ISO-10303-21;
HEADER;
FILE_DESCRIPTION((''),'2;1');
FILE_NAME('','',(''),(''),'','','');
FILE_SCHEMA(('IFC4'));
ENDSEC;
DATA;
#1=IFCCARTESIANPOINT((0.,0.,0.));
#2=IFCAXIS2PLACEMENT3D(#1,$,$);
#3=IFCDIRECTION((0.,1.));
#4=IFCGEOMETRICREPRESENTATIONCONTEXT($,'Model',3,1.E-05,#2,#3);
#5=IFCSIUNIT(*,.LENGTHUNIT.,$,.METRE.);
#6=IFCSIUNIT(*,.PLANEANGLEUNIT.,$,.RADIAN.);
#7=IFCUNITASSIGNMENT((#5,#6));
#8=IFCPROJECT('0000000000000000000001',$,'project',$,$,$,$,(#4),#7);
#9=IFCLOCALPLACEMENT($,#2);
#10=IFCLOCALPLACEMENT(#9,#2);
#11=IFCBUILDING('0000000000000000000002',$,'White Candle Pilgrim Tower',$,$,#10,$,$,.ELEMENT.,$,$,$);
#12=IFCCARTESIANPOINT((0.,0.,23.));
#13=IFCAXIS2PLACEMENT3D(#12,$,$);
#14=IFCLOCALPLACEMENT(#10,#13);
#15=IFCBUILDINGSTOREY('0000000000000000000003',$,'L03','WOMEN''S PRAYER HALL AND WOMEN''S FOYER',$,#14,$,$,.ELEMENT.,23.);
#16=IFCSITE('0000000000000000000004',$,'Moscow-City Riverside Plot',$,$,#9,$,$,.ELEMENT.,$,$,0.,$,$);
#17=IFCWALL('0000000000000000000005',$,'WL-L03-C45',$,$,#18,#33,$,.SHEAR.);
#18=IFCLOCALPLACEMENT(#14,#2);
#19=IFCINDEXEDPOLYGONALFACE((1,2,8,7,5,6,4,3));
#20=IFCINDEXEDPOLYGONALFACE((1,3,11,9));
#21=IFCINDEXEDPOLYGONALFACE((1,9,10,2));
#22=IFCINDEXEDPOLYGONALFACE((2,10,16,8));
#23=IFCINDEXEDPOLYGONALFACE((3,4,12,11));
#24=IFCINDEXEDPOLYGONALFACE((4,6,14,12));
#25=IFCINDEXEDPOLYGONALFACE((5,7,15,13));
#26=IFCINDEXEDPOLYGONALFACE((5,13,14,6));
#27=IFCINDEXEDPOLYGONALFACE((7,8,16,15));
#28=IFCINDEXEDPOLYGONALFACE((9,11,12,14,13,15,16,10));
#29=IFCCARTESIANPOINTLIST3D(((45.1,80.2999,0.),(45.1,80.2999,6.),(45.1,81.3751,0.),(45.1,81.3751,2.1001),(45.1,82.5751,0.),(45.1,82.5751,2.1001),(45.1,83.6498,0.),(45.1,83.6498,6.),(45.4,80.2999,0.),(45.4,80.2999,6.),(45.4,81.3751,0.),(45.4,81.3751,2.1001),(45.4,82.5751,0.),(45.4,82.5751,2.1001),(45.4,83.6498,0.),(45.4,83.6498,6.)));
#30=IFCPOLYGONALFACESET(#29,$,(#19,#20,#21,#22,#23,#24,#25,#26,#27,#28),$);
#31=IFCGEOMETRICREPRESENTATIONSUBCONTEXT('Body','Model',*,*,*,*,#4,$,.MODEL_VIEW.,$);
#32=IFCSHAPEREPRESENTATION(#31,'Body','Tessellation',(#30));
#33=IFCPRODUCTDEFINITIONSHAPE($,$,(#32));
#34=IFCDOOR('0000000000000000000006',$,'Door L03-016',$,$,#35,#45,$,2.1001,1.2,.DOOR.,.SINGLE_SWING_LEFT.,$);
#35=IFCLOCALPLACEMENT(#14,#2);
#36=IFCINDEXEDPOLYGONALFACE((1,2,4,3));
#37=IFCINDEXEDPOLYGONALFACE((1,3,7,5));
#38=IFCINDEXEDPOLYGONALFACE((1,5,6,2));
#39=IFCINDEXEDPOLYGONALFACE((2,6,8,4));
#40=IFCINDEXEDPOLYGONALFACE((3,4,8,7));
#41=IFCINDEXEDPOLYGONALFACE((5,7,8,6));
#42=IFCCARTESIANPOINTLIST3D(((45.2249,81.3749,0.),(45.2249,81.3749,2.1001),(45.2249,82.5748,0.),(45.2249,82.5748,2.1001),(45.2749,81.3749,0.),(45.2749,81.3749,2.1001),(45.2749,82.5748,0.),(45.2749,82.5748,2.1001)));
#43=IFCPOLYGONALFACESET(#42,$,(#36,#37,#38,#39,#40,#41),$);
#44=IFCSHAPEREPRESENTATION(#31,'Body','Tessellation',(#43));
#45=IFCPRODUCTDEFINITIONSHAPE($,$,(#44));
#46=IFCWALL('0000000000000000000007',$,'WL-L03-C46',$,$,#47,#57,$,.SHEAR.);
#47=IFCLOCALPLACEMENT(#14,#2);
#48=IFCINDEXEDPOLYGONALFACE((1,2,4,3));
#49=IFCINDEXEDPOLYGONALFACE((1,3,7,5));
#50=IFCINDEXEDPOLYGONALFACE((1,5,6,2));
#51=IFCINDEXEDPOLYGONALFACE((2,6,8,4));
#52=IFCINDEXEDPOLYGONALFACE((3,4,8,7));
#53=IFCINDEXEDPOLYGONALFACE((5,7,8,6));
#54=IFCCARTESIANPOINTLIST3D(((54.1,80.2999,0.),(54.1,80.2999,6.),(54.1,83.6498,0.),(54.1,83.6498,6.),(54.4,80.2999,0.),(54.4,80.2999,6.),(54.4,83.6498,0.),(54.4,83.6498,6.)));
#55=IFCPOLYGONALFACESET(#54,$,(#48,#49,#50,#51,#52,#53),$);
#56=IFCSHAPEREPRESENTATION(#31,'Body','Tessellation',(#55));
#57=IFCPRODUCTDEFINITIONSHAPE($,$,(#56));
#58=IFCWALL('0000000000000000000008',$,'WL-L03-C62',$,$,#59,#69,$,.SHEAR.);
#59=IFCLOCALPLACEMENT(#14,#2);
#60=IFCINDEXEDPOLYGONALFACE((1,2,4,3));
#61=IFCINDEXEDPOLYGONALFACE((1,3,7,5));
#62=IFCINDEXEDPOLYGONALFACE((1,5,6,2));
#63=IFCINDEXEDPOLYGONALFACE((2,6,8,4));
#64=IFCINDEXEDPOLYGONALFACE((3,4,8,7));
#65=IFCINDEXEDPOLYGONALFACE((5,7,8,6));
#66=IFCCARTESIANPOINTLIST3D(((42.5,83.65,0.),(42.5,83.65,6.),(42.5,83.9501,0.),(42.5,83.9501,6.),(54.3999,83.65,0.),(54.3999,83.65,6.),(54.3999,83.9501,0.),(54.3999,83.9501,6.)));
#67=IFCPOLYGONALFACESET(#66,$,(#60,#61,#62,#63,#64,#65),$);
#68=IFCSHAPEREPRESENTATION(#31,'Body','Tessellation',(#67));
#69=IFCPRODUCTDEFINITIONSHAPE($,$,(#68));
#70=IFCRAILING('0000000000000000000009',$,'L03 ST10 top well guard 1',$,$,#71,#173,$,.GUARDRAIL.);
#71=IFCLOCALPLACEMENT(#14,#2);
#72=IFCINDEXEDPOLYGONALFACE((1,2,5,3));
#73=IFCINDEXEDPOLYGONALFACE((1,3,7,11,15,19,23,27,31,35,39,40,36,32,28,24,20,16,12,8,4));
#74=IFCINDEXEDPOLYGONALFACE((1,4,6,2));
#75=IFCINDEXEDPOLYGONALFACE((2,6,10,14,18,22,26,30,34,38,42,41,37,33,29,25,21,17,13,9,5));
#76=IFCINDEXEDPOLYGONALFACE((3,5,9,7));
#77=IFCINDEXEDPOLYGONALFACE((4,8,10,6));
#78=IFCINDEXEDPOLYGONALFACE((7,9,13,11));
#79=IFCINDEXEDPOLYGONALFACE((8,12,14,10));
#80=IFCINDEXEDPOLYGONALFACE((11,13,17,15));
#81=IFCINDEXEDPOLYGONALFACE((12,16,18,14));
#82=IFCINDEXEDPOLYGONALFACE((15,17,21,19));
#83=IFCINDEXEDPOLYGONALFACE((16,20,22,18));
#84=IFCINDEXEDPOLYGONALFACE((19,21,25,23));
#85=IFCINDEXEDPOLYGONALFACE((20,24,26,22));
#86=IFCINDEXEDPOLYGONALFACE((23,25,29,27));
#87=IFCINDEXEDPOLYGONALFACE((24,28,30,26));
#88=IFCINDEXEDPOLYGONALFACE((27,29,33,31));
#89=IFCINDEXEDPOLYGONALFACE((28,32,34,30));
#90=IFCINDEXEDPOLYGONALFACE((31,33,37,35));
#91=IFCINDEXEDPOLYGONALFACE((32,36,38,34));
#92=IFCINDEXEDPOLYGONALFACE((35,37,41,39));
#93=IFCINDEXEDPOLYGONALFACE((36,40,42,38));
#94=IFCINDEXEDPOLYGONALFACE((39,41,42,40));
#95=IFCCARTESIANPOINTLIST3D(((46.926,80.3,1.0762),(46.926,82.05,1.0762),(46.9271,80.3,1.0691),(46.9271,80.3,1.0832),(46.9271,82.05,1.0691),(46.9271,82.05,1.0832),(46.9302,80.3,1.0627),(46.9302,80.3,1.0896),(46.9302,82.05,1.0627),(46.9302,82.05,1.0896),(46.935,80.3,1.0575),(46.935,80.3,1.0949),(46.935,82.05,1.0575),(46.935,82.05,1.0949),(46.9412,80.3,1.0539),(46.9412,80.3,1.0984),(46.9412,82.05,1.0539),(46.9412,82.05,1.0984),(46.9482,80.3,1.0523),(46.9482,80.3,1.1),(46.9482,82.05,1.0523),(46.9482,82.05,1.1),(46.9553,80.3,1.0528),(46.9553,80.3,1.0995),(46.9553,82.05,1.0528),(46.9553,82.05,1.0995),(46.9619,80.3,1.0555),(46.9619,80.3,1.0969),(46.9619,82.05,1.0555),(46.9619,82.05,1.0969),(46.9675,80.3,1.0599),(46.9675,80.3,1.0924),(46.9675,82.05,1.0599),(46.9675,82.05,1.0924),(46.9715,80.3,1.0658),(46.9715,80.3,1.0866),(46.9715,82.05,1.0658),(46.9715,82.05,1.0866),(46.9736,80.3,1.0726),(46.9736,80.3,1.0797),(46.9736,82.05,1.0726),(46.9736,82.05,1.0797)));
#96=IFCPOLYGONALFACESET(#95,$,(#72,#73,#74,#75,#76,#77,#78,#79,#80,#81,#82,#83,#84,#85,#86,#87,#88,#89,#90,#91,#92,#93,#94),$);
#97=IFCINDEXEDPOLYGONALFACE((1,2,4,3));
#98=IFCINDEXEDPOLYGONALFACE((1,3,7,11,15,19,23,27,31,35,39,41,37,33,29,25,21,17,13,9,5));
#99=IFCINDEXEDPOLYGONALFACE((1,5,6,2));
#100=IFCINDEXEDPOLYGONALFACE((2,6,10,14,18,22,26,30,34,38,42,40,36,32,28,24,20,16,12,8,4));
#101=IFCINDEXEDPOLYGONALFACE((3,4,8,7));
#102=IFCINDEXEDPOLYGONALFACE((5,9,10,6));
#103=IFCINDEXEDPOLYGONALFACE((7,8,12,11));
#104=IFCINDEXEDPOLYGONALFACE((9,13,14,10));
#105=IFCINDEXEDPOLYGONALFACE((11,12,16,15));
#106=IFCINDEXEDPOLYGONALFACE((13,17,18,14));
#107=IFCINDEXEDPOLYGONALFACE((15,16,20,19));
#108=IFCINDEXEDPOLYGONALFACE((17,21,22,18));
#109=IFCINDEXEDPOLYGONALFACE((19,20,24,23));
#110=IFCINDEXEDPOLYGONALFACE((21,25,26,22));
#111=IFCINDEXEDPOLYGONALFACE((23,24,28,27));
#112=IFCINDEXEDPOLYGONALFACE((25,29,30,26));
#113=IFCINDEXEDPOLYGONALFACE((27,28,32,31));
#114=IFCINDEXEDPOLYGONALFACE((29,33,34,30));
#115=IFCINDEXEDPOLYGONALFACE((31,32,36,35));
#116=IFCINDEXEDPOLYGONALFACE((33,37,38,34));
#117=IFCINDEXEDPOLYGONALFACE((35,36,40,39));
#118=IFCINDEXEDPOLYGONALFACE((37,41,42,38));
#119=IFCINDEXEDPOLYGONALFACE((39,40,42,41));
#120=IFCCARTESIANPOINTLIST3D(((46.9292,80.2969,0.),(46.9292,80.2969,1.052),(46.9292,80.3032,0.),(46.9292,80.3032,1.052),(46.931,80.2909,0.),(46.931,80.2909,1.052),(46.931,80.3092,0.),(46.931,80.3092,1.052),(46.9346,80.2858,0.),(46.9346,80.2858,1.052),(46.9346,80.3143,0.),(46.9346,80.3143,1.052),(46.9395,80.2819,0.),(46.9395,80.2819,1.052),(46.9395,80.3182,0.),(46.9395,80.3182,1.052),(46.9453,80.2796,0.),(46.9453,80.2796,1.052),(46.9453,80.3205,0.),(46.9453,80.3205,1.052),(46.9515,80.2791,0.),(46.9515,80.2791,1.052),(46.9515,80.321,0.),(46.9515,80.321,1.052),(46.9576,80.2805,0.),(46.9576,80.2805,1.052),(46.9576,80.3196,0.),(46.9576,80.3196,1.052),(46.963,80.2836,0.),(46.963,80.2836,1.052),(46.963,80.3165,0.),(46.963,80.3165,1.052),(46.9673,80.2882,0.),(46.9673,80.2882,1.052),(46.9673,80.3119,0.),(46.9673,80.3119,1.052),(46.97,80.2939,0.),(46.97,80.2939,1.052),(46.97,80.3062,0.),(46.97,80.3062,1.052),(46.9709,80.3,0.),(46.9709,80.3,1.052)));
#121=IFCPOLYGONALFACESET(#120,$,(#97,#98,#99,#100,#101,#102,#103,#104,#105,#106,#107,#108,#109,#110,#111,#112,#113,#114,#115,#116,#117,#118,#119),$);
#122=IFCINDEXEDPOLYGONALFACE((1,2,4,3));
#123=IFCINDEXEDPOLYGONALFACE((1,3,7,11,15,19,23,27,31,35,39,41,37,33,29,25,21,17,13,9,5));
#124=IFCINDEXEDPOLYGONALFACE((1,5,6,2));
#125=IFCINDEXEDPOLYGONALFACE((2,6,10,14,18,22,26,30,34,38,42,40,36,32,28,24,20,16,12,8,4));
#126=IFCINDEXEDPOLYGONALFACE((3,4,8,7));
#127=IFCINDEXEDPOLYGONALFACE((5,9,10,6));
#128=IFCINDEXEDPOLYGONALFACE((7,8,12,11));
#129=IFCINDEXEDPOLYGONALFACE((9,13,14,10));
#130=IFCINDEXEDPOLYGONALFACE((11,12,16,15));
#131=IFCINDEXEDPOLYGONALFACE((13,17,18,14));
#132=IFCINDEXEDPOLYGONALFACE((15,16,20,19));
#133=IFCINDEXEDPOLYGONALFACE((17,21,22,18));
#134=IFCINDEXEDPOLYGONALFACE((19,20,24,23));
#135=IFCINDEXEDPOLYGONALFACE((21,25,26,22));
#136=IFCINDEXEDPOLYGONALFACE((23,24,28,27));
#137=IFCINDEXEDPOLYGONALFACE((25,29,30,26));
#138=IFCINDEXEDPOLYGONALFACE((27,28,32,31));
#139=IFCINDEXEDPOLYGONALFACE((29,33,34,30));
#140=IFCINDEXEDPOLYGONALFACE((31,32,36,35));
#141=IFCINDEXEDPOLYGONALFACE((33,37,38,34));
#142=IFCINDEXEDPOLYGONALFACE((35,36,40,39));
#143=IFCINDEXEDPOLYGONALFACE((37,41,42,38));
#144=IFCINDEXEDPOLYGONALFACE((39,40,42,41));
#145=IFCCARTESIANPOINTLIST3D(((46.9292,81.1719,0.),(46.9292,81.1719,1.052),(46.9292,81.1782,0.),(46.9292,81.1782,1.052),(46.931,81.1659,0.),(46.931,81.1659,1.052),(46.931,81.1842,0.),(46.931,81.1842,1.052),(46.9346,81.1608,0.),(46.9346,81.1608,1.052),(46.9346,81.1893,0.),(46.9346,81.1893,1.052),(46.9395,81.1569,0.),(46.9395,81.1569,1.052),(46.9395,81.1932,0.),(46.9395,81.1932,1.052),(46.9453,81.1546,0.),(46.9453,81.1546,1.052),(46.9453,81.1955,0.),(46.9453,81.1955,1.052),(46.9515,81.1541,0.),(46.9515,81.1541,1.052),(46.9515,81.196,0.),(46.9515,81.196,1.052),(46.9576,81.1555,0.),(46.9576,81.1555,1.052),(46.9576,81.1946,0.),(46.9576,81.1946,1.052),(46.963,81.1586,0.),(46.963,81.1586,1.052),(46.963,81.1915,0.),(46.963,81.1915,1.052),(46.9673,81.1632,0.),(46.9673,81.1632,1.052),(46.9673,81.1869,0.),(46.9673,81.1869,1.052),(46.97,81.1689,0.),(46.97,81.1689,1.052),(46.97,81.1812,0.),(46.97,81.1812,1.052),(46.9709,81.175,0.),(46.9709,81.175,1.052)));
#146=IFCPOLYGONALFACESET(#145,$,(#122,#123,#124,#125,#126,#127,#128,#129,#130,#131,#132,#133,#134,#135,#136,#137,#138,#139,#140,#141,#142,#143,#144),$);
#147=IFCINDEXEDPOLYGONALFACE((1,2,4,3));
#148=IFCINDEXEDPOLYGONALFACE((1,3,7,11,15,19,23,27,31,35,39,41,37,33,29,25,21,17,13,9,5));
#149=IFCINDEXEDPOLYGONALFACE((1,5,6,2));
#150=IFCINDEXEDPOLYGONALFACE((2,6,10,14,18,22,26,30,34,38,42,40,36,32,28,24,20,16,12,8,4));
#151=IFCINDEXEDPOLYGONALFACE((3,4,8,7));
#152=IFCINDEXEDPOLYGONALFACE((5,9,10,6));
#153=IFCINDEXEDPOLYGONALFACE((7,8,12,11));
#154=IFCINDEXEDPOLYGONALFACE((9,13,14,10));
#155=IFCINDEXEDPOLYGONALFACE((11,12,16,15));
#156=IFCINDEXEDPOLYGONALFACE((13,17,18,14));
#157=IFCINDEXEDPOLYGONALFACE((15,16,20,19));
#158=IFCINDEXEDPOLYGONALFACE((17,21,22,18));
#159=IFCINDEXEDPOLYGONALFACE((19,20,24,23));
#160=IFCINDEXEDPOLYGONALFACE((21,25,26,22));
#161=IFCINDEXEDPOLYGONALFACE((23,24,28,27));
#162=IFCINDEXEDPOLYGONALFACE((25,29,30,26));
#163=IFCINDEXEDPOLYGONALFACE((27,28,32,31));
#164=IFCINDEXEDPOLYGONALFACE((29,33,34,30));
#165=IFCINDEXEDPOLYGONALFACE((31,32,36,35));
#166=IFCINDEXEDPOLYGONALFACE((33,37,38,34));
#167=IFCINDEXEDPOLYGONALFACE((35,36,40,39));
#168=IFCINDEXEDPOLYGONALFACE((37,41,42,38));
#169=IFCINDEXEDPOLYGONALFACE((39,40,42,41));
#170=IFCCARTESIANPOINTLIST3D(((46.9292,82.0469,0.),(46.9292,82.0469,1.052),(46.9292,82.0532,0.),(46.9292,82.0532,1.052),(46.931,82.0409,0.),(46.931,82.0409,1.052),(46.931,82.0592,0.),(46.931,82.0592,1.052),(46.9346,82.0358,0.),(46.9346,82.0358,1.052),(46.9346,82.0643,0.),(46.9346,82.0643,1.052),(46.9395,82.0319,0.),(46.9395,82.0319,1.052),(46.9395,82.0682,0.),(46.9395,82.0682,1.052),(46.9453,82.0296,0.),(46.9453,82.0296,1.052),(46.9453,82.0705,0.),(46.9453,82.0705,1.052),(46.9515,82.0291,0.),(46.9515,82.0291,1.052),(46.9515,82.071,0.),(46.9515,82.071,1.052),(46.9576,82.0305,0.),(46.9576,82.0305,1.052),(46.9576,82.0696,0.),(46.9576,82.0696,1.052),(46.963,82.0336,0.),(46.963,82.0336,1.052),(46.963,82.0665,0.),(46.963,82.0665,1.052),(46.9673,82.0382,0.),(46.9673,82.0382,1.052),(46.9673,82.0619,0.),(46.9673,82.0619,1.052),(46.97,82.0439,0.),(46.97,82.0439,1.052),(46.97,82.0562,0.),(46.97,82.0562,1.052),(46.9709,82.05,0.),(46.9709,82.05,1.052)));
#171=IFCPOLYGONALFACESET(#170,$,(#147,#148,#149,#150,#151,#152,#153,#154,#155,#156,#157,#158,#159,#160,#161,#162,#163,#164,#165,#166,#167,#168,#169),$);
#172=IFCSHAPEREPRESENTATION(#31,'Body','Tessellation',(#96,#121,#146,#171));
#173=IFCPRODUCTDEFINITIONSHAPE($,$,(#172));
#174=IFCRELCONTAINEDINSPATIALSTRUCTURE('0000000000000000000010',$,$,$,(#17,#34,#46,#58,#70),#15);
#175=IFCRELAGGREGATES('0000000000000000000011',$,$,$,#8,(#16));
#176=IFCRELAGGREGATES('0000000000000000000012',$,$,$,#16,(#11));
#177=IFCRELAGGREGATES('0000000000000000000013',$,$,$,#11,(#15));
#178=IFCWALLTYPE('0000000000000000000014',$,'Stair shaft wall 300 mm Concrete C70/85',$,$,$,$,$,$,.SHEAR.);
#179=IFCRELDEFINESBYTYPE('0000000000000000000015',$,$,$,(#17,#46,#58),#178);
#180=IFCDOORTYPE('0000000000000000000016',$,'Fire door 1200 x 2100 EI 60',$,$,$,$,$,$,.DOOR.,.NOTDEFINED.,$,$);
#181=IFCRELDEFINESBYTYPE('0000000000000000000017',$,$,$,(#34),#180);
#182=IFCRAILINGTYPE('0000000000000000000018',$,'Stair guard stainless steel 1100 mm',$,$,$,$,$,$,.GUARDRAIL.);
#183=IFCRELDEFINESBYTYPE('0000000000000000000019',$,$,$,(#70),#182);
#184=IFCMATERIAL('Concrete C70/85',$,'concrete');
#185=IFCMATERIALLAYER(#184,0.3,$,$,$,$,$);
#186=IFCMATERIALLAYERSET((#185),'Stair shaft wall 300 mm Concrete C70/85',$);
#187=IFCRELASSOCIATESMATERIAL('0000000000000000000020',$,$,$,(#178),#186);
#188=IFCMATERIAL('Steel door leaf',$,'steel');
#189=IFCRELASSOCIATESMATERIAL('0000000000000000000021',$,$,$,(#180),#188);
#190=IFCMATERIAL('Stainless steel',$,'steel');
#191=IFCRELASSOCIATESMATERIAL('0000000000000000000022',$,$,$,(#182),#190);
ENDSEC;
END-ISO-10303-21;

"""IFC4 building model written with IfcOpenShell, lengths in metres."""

from ifc_helpers import new_model, si_unit, direction, frame, frame_2d, origin, origin_2d, place, context, subcontext, project, spatial, rectangle, circle, extrude, material, layer, layer_set, type_object, element, fill, save


model = new_model("IFC4")

# Units and contexts
model_context = context("Model", 3, precision=1e-05, world=origin(), true_north=direction((0.0, 1.0)))
body_context = subcontext(model_context, "Body", "Model", "MODEL_VIEW")
ifc_project = project(units=[si_unit("LENGTHUNIT", "METRE"), si_unit("PLANEANGLEUNIT", "RADIAN")], contexts=[model_context])

# Site, building, storey
site_placement = place(None, origin())
site = spatial("IfcSite", under=ifc_project, at=site_placement, Name="Moscow-City Riverside Plot", CompositionType="ELEMENT", RefElevation=0.0)
building_placement = place(site_placement, origin())
building = spatial("IfcBuilding", under=site, at=building_placement, Name="White Candle Pilgrim Tower", CompositionType="ELEMENT")
storey_placement = place(building_placement, frame((0.0, 0.0, 23.0)))
storey = spatial("IfcBuildingStorey", under=building, at=storey_placement, Name="L03", Description="WOMEN'S PRAYER HALL AND WOMEN'S FOYER", CompositionType="ELEMENT", Elevation=23.0)

# Shared definitions
ifc_material_1 = material(Name="Concrete C70/85", Category="concrete")

# Wall, opening, door
ifc_layer_1 = layer(ifc_material_1, 0.3)
ifc_layer_set_1 = layer_set([ifc_layer_1], Name="Stair shaft wall 300 mm Concrete C70/85")
wall_type_1 = type_object("IfcWallType", Name="Stair shaft wall 300 mm Concrete C70/85", PredefinedType="SHEAR", material=ifc_layer_set_1)
wall_1_placement = place(storey_placement, frame((45.25, 80.3, 0.0), z_axis=(0.0, 0.0, 1.0), x_axis=(0.0, 1.0, 0.0)))
wall_1 = element("IfcWall", 1, at=wall_1_placement, inside=storey, type_object=wall_type_1, Name="WL-L03-C45", PredefinedType="SHEAR", context=body_context, shape_type="SweptSolid", body=[
    extrude(rectangle(XDim=3.3499, YDim=0.3, at=frame_2d((1.6748, 0.0))), origin(), (0.0, 0.0, 1.0), 6.0),
])
opening_1_placement = place(wall_1_placement, frame((1.075, 0.0, 0.0)))
opening_1 = element("IfcOpeningElement", 2, at=opening_1_placement, cuts=wall_1, PredefinedType="OPENING", context=body_context, shape_type="SweptSolid", body=[
    extrude(rectangle(XDim=1.2, YDim=2.1001, at=frame_2d((0.6001, 1.05))), frame((0.0, 0.1599, 0.0), z_axis=(0.0, -1.0, 0.0), x_axis=(1.0, 0.0, 0.0)), (0.0, 0.0, 1.0), 0.3201),
])
ifc_material_2 = material(Name="Steel door leaf", Category="steel")
door_type = type_object("IfcDoorType", Name="Fire door 1200 x 2100 EI 60", OperationType="NOTDEFINED", PredefinedType="DOOR", material=ifc_material_2)
door_placement = place(opening_1_placement, frame((1.2, 0.0, 0.0), z_axis=(0.0, 0.0, 1.0), x_axis=(-1.0, 0.0, 0.0)))
door = element("IfcDoor", 3, at=door_placement, inside=storey, type_object=door_type, Name="Door L03-016", OperationType="SINGLE_SWING_LEFT", OverallHeight=2.1001, OverallWidth=1.2, PredefinedType="DOOR", context=body_context, shape_type="SweptSolid", body=[
    extrude(rectangle(XDim=1.2, YDim=2.1001, at=frame_2d((0.6001, 1.05))), frame((0.0, 0.0249, 0.0), z_axis=(0.0, -1.0, 0.0), x_axis=(1.0, 0.0, 0.0)), (0.0, 0.0, 1.0), 0.05),
])
fill(opening_1, door)

# Walls
wall_2_placement = place(storey_placement, frame((54.25, 80.3, 0.0), z_axis=(0.0, 0.0, 1.0), x_axis=(0.0, 1.0, 0.0)))
element("IfcWall", 4, at=wall_2_placement, inside=storey, type_object=wall_type_1, Name="WL-L03-C46", PredefinedType="SHEAR", context=body_context, shape_type="SweptSolid", body=[
    extrude(rectangle(XDim=3.3499, YDim=0.3, at=frame_2d((1.6748, 0.0))), origin(), (0.0, 0.0, 1.0), 6.0),
])
wall_3_placement = place(storey_placement, frame((42.5, 83.8, 0.0), z_axis=(0.0, 0.0, 1.0), x_axis=(1.0, 0.0, 0.0)))
element("IfcWall", 5, at=wall_3_placement, inside=storey, type_object=wall_type_1, Name="WL-L03-C62", PredefinedType="SHEAR", context=body_context, shape_type="SweptSolid", body=[
    extrude(rectangle(XDim=11.8999, YDim=0.3, at=frame_2d((5.95, 0.0))), origin(), (0.0, 0.0, 1.0), 6.0),
])

# Railing
ifc_material_3 = material(Name="Stainless steel", Category="steel")
railing_type = type_object("IfcRailingType", Name="Stair guard stainless steel 1100 mm", PredefinedType="GUARDRAIL", material=ifc_material_3)
railing_placement = place(storey_placement, frame((46.95, 80.3, 0.0)))
element("IfcRailing", 6, at=railing_placement, inside=storey, type_object=railing_type, Name="L03 ST10 top well guard 1", PredefinedType="GUARDRAIL", context=body_context, shape_type="SweptSolid", body=[
    extrude(circle(Radius=0.0239, at=origin_2d()), frame((0.0, 0.0, 1.0762), z_axis=(0.0, 1.0, 0.0), x_axis=(-1.0, 0.0, 0.0)), (0.0, 0.0, 1.0), 1.75),
    extrude(circle(Radius=0.021, at=origin_2d()), origin(), (0.0, 0.0, 1.0), 1.052),
    extrude(circle(Radius=0.021, at=origin_2d()), frame((0.0, 0.875, 0.0)), (0.0, 0.0, 1.0), 1.052),
    extrude(circle(Radius=0.021, at=origin_2d()), frame((0.0, 1.75, 0.0)), (0.0, 0.0, 1.0), 1.052),
])

save(model, "model.ifc")
